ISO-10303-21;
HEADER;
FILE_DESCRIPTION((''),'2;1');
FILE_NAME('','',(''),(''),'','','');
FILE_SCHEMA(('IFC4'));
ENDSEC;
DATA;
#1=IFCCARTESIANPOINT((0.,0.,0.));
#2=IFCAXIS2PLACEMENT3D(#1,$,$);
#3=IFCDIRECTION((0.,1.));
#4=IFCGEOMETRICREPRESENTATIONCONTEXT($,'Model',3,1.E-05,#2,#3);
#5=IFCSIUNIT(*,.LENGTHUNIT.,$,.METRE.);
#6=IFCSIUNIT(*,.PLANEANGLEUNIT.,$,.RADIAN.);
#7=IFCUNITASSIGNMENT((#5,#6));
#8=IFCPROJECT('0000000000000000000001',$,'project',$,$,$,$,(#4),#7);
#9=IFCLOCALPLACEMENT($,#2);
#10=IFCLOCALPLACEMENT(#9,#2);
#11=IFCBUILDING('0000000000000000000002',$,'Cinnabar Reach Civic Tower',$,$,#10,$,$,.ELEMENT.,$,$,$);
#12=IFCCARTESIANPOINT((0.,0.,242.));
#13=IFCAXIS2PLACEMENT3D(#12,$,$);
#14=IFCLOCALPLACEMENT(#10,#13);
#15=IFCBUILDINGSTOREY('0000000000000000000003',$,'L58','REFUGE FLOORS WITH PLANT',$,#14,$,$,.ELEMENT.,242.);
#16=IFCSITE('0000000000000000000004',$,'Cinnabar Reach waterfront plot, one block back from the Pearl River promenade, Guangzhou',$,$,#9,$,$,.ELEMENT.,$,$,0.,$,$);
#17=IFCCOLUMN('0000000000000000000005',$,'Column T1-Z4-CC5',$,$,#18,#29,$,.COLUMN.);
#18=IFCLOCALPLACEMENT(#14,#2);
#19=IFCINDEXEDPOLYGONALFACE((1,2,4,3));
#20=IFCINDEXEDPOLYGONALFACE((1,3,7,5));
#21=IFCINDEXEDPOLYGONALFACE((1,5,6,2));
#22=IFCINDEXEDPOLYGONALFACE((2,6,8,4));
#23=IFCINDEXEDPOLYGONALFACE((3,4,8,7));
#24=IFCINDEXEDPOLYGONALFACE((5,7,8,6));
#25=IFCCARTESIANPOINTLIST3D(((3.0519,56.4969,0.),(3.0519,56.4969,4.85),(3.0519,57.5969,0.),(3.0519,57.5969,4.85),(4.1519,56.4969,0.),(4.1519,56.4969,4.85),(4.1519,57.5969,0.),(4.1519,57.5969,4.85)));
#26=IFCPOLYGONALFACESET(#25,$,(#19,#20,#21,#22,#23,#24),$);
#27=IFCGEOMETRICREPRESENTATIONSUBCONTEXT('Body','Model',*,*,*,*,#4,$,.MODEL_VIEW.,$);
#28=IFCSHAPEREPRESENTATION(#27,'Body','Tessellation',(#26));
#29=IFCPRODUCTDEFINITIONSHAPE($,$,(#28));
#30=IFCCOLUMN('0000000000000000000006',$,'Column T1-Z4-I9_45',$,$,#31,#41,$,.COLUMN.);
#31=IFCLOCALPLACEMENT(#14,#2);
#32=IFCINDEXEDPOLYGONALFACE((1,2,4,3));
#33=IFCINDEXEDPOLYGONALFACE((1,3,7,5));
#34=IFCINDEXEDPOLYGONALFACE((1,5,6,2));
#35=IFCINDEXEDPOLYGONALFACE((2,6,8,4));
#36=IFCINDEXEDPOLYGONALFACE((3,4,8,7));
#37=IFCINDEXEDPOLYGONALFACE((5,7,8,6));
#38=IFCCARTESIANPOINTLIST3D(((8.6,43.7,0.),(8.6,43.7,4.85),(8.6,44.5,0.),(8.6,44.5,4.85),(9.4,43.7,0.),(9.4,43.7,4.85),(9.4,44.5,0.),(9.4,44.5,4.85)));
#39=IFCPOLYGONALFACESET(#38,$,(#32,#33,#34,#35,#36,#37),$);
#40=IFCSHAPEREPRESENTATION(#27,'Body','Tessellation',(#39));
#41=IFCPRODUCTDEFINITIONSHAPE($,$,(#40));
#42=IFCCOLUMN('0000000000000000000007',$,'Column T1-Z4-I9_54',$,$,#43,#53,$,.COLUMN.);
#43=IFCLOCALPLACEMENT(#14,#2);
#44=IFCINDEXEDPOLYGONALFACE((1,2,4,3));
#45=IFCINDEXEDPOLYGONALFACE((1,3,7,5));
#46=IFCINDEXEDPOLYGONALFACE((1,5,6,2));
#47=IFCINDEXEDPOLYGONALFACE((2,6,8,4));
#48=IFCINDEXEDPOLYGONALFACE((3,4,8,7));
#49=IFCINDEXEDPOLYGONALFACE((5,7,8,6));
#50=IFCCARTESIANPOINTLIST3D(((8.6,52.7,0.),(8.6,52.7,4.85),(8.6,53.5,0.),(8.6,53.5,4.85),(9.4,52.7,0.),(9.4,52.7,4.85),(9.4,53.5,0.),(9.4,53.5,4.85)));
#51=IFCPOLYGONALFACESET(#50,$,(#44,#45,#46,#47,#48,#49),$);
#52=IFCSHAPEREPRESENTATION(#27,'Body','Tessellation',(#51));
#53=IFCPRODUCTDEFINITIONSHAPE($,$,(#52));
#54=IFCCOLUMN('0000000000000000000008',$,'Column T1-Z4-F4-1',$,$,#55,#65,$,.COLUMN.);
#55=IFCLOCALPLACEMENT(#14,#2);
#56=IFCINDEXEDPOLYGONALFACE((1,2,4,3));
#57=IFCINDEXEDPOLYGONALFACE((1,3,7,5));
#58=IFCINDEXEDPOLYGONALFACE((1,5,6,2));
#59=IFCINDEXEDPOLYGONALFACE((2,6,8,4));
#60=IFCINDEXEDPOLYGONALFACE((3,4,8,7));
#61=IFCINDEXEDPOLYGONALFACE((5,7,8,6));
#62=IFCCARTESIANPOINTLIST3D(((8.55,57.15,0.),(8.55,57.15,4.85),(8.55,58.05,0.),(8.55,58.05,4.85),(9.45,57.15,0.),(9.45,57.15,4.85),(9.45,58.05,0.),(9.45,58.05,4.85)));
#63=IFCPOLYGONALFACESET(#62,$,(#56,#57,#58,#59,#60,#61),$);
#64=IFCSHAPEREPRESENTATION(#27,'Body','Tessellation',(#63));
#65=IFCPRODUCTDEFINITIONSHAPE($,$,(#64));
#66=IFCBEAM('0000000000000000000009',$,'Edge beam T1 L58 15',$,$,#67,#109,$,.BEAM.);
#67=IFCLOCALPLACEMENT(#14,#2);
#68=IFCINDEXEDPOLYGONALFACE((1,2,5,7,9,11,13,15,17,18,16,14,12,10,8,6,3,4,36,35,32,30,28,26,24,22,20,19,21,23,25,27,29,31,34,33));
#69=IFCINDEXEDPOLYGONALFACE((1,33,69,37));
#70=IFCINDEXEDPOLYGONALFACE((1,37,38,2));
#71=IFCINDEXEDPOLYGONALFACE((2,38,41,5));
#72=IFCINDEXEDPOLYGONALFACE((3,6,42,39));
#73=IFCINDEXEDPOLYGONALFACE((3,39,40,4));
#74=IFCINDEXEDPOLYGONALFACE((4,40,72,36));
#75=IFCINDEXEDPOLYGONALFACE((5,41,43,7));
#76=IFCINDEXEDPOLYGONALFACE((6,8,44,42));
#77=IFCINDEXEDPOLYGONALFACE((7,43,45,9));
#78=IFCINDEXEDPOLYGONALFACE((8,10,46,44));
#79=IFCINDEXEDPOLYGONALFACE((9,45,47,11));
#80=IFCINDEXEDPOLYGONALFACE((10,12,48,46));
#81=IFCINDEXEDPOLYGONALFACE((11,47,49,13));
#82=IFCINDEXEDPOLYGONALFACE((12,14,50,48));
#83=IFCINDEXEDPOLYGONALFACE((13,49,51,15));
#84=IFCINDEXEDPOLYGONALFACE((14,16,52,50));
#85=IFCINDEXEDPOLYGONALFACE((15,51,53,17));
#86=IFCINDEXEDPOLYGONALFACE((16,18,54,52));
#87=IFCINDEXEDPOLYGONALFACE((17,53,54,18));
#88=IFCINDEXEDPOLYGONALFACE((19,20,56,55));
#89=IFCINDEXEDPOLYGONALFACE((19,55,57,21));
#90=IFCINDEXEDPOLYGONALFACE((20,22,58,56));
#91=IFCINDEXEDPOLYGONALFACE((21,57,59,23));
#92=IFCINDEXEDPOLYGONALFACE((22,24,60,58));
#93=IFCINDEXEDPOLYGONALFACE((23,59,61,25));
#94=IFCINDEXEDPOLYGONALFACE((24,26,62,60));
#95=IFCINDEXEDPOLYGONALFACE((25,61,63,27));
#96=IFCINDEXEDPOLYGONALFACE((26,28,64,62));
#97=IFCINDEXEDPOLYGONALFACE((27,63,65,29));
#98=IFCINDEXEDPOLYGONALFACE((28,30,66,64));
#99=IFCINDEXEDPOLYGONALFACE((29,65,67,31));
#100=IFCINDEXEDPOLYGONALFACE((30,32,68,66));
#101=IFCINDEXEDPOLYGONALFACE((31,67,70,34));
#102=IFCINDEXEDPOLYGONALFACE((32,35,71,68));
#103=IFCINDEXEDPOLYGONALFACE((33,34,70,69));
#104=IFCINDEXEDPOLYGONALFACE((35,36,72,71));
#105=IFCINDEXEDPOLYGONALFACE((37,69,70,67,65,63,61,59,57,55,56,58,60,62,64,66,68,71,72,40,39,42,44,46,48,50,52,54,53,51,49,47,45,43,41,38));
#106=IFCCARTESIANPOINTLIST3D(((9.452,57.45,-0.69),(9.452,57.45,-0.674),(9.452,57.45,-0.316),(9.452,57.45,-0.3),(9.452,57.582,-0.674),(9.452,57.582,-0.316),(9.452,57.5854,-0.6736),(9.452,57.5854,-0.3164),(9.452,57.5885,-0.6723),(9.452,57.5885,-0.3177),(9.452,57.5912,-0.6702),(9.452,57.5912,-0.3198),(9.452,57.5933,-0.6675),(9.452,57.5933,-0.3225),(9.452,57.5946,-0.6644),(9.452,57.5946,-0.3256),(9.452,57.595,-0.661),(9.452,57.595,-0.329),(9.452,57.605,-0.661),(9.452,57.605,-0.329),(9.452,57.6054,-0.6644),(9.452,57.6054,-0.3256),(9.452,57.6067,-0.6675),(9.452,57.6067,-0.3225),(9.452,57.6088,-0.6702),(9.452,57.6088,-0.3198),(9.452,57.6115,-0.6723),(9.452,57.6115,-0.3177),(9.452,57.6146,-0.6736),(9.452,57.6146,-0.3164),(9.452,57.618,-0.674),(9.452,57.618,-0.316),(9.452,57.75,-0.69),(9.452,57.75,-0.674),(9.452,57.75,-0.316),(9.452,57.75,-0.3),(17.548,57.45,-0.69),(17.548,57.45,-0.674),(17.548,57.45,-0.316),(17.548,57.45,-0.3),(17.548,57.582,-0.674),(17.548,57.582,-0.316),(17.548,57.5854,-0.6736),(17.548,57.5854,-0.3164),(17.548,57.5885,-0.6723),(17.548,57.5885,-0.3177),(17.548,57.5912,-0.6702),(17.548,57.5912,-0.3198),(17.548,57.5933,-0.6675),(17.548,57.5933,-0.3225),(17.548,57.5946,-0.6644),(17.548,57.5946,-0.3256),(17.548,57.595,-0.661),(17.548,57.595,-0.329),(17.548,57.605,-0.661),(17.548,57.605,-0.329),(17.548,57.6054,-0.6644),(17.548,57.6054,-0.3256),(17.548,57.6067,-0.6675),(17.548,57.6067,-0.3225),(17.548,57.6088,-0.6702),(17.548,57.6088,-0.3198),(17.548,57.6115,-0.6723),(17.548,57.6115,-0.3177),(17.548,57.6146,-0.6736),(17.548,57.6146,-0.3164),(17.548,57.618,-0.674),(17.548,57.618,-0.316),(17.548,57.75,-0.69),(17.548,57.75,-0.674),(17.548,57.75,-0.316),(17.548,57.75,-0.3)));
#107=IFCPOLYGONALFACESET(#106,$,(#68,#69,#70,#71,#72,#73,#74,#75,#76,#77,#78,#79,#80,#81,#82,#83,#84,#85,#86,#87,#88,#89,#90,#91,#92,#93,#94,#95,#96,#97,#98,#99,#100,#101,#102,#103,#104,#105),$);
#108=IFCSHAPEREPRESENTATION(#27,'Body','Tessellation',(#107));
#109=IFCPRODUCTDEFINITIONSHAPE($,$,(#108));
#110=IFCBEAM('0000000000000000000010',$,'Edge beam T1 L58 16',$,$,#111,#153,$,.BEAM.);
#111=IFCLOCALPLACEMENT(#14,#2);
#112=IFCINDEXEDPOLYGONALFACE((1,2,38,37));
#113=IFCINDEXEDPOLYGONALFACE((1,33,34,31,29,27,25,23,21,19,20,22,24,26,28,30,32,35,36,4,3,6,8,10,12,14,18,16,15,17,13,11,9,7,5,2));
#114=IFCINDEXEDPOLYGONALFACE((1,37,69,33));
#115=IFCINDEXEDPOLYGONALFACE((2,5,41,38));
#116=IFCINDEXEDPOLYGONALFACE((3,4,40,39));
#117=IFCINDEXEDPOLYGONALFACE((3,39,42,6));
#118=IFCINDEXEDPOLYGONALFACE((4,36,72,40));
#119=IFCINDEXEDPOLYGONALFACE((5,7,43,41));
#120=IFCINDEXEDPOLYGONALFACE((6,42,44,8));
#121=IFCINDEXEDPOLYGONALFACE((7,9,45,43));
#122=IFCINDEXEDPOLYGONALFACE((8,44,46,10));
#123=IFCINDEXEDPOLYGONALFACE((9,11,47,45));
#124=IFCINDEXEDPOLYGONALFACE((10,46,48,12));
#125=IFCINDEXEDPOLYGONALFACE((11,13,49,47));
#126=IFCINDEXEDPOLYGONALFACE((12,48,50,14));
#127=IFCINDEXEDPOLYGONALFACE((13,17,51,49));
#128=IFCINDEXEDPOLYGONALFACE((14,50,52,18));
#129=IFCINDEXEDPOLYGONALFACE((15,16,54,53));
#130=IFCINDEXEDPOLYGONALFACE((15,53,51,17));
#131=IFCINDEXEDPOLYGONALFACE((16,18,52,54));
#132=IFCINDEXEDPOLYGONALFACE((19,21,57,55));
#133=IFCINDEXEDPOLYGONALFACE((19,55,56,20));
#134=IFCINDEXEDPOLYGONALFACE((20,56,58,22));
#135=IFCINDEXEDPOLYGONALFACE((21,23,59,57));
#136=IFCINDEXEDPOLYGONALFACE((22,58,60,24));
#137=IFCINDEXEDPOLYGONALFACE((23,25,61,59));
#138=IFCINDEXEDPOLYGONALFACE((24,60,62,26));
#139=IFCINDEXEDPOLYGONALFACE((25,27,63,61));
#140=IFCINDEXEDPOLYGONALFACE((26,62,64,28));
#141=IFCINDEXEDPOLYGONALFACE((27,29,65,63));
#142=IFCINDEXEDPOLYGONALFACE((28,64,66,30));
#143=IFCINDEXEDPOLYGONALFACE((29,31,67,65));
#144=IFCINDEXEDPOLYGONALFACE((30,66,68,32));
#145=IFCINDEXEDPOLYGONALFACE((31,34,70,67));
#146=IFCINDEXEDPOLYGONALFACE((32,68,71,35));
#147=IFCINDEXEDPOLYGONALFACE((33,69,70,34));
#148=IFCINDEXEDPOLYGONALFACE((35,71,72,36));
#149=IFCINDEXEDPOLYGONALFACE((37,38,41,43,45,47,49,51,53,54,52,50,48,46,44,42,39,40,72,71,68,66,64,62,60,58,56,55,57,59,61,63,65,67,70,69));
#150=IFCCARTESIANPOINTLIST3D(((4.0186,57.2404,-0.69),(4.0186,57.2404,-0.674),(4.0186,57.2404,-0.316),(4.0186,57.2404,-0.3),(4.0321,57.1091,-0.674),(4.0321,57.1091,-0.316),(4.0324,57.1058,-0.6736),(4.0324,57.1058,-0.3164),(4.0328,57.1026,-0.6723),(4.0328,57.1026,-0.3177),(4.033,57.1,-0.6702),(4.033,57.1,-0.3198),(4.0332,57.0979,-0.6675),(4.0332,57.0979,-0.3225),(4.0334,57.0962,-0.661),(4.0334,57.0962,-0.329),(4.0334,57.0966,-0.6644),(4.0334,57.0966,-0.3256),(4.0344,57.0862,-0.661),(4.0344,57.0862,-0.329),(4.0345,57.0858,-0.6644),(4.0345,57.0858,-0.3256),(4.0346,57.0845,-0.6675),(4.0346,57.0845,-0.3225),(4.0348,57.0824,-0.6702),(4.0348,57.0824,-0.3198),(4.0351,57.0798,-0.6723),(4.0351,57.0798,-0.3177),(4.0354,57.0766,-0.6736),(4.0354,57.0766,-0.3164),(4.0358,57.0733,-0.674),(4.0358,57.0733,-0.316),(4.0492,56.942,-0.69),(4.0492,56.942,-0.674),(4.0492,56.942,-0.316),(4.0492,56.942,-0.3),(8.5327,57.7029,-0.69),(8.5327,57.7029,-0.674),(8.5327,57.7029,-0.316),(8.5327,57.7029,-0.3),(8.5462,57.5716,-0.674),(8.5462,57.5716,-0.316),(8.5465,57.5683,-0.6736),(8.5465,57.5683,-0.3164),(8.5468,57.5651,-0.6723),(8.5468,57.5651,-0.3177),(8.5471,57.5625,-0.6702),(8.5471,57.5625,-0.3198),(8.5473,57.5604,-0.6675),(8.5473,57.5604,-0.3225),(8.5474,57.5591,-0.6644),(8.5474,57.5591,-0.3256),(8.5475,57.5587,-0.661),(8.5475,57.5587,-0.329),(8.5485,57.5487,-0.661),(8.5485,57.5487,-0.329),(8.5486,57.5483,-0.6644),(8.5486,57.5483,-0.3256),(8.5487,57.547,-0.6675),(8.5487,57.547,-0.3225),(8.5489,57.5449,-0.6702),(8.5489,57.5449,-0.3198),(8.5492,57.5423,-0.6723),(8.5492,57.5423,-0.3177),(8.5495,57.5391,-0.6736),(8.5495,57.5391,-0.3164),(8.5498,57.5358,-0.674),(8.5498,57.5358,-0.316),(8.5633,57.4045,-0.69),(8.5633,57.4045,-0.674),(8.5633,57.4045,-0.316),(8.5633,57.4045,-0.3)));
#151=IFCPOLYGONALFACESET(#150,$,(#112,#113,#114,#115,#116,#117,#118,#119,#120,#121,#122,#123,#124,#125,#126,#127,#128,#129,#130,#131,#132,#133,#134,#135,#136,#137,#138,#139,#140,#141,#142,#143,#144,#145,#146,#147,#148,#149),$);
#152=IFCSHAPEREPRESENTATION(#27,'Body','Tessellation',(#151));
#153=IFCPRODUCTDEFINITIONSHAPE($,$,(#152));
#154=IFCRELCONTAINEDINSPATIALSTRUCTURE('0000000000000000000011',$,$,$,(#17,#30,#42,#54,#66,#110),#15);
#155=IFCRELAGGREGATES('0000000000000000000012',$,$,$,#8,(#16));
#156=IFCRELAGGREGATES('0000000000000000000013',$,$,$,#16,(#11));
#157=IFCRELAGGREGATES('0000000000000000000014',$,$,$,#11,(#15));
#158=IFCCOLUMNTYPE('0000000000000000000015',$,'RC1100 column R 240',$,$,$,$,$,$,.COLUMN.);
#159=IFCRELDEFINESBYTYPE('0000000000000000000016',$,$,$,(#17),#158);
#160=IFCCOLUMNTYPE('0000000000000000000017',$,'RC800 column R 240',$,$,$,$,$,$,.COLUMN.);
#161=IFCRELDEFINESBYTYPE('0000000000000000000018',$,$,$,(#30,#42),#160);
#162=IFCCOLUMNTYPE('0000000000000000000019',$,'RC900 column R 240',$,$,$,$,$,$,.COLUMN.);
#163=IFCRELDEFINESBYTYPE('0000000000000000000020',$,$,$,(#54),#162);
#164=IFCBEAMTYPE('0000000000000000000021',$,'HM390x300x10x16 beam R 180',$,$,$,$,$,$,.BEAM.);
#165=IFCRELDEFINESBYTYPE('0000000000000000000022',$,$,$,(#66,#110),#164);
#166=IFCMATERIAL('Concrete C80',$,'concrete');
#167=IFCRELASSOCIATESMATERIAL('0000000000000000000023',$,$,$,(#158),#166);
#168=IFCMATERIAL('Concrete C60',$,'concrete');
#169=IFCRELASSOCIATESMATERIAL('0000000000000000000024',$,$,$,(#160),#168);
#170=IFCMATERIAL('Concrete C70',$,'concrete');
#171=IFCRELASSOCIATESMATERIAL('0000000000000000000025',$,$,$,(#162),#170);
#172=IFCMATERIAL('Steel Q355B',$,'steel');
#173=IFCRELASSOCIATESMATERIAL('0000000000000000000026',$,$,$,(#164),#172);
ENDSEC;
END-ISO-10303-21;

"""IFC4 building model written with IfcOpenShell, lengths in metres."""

from ifc_helpers import new_model, si_unit, direction, frame, origin, origin_2d, place, context, subcontext, project, spatial, rectangle, i_section, extrude, material, material_profile, profile_set, type_object, element, save


model = new_model("IFC4")

# Units and contexts
model_context = context("Model", 3, precision=1e-05, world=origin(), true_north=direction((0.0, 1.0)))
body_context = subcontext(model_context, "Body", "Model", "MODEL_VIEW")
ifc_project = project(units=[si_unit("LENGTHUNIT", "METRE"), si_unit("PLANEANGLEUNIT", "RADIAN")], contexts=[model_context])

# Site, building, storey
site_placement = place(None, origin())
site = spatial("IfcSite", under=ifc_project, at=site_placement, Name="Cinnabar Reach waterfront plot, one block back from the Pearl River promenade, Guangzhou", CompositionType="ELEMENT", RefElevation=0.0)
building_placement = place(site_placement, origin())
building = spatial("IfcBuilding", under=site, at=building_placement, Name="Cinnabar Reach Civic Tower", CompositionType="ELEMENT")
storey_placement = place(building_placement, frame((0.0, 0.0, 242.0)))
storey = spatial("IfcBuildingStorey", under=building, at=storey_placement, Name="L58", Description="REFUGE FLOORS WITH PLANT", CompositionType="ELEMENT", Elevation=242.0)

# Columns
ifc_material_1 = material(Name="Concrete C80", Category="concrete")
ifc_material_profile_1 = material_profile(ifc_material_1, rectangle(XDim=1.1, YDim=1.1, at=origin_2d()), Name="RC1100")
ifc_profile_set_1 = profile_set([ifc_material_profile_1], Name="Concrete C80")
column_type_1 = type_object("IfcColumnType", Name="RC1100 column R 240", PredefinedType="COLUMN", material=ifc_profile_set_1)
column_1_placement = place(storey_placement, frame((3.6019, 57.0469, 0.0), z_axis=(0.0, 0.0, 1.0), x_axis=(1.0, 0.0, 0.0)))
element("IfcColumn", 1, at=column_1_placement, inside=storey, type_object=column_type_1, Name="Column T1-Z4-CC5", PredefinedType="COLUMN", context=body_context, shape_type="SweptSolid", body=[
    extrude(rectangle(XDim=1.1, YDim=1.1, at=origin_2d()), origin(), (0.0, 0.0, 1.0), 4.85),
])
ifc_material_2 = material(Name="Concrete C60", Category="concrete")
ifc_material_profile_2 = material_profile(ifc_material_2, rectangle(XDim=0.8, YDim=0.8, at=origin_2d()), Name="RC800")
ifc_profile_set_2 = profile_set([ifc_material_profile_2], Name="Concrete C60")
column_type_2 = type_object("IfcColumnType", Name="RC800 column R 240", PredefinedType="COLUMN", material=ifc_profile_set_2)
for number, where, z_axis, x_axis, name in (
    (2, (9.0, 44.1, 0.0), (0.0, 0.0, 1.0), (1.0, 0.0, 0.0), "Column T1-Z4-I9_45"),
    (3, (9.0, 53.1, 0.0), (0.0, 0.0, 1.0), (1.0, 0.0, 0.0), "Column T1-Z4-I9_54"),
):
    element("IfcColumn", number, at=place(storey_placement, frame(where, z_axis=z_axis, x_axis=x_axis)), inside=storey, type_object=column_type_2, Name=name, PredefinedType="COLUMN", context=body_context, shape_type="SweptSolid", body=[
        extrude(rectangle(XDim=0.8, YDim=0.8, at=origin_2d()), origin(), (0.0, 0.0, 1.0), 4.85),
    ])
ifc_material_3 = material(Name="Concrete C70", Category="concrete")
ifc_material_profile_3 = material_profile(ifc_material_3, rectangle(XDim=0.9, YDim=0.9, at=origin_2d()), Name="RC900")
ifc_profile_set_3 = profile_set([ifc_material_profile_3], Name="Concrete C70")
column_type_3 = type_object("IfcColumnType", Name="RC900 column R 240", PredefinedType="COLUMN", material=ifc_profile_set_3)
column_2_placement = place(storey_placement, frame((9.0, 57.6, 0.0), z_axis=(0.0, 0.0, 1.0), x_axis=(1.0, 0.0, 0.0)))
element("IfcColumn", 4, at=column_2_placement, inside=storey, type_object=column_type_3, Name="Column T1-Z4-F4-1", PredefinedType="COLUMN", context=body_context, shape_type="SweptSolid", body=[
    extrude(rectangle(XDim=0.9, YDim=0.9, at=origin_2d()), origin(), (0.0, 0.0, 1.0), 4.85),
])

# Beams
ifc_material_4 = material(Name="Steel Q355B", Category="steel")
ifc_material_profile_4 = material_profile(ifc_material_4, i_section(OverallWidth=0.3, OverallDepth=0.39, WebThickness=0.01, FlangeThickness=0.016, FilletRadius=0.013, at=origin_2d()), Name="HM390x300x10x16")
ifc_profile_set_4 = profile_set([ifc_material_profile_4], Name="Steel Q355B")
beam_type_1 = type_object("IfcBeamType", Name="HM390x300x10x16 beam R 180", PredefinedType="BEAM", material=ifc_profile_set_4)
beam_1_placement = place(storey_placement, frame((17.548, 57.6, -0.495), z_axis=(-1.0, 0.0, 0.0), x_axis=(0.0, -1.0, 0.0)))
element("IfcBeam", 5, at=beam_1_placement, inside=storey, type_object=beam_type_1, Name="Edge beam T1 L58 15", PredefinedType="BEAM", context=body_context, shape_type="SweptSolid", body=[
    extrude(i_section(OverallWidth=0.3, OverallDepth=0.39, WebThickness=0.01, FlangeThickness=0.016, FilletRadius=0.013, at=origin_2d()), origin(), (0.0, 0.0, 1.0), 8.096),
])
beam_2_placement = place(storey_placement, frame((8.548, 57.5537, -0.495), z_axis=(-0.994792, -0.101923, 0.0), x_axis=(0.101923, -0.994792, 0.0)))
element("IfcBeam", 6, at=beam_2_placement, inside=storey, type_object=beam_type_1, Name="Edge beam T1 L58 16", PredefinedType="BEAM", context=body_context, shape_type="SweptSolid", body=[
    extrude(i_section(OverallWidth=0.3, OverallDepth=0.39, WebThickness=0.01, FlangeThickness=0.016, FilletRadius=0.013, at=origin_2d()), origin(), (0.0, 0.0, 1.0), 4.5377),
])

save(model, "model.ifc")
